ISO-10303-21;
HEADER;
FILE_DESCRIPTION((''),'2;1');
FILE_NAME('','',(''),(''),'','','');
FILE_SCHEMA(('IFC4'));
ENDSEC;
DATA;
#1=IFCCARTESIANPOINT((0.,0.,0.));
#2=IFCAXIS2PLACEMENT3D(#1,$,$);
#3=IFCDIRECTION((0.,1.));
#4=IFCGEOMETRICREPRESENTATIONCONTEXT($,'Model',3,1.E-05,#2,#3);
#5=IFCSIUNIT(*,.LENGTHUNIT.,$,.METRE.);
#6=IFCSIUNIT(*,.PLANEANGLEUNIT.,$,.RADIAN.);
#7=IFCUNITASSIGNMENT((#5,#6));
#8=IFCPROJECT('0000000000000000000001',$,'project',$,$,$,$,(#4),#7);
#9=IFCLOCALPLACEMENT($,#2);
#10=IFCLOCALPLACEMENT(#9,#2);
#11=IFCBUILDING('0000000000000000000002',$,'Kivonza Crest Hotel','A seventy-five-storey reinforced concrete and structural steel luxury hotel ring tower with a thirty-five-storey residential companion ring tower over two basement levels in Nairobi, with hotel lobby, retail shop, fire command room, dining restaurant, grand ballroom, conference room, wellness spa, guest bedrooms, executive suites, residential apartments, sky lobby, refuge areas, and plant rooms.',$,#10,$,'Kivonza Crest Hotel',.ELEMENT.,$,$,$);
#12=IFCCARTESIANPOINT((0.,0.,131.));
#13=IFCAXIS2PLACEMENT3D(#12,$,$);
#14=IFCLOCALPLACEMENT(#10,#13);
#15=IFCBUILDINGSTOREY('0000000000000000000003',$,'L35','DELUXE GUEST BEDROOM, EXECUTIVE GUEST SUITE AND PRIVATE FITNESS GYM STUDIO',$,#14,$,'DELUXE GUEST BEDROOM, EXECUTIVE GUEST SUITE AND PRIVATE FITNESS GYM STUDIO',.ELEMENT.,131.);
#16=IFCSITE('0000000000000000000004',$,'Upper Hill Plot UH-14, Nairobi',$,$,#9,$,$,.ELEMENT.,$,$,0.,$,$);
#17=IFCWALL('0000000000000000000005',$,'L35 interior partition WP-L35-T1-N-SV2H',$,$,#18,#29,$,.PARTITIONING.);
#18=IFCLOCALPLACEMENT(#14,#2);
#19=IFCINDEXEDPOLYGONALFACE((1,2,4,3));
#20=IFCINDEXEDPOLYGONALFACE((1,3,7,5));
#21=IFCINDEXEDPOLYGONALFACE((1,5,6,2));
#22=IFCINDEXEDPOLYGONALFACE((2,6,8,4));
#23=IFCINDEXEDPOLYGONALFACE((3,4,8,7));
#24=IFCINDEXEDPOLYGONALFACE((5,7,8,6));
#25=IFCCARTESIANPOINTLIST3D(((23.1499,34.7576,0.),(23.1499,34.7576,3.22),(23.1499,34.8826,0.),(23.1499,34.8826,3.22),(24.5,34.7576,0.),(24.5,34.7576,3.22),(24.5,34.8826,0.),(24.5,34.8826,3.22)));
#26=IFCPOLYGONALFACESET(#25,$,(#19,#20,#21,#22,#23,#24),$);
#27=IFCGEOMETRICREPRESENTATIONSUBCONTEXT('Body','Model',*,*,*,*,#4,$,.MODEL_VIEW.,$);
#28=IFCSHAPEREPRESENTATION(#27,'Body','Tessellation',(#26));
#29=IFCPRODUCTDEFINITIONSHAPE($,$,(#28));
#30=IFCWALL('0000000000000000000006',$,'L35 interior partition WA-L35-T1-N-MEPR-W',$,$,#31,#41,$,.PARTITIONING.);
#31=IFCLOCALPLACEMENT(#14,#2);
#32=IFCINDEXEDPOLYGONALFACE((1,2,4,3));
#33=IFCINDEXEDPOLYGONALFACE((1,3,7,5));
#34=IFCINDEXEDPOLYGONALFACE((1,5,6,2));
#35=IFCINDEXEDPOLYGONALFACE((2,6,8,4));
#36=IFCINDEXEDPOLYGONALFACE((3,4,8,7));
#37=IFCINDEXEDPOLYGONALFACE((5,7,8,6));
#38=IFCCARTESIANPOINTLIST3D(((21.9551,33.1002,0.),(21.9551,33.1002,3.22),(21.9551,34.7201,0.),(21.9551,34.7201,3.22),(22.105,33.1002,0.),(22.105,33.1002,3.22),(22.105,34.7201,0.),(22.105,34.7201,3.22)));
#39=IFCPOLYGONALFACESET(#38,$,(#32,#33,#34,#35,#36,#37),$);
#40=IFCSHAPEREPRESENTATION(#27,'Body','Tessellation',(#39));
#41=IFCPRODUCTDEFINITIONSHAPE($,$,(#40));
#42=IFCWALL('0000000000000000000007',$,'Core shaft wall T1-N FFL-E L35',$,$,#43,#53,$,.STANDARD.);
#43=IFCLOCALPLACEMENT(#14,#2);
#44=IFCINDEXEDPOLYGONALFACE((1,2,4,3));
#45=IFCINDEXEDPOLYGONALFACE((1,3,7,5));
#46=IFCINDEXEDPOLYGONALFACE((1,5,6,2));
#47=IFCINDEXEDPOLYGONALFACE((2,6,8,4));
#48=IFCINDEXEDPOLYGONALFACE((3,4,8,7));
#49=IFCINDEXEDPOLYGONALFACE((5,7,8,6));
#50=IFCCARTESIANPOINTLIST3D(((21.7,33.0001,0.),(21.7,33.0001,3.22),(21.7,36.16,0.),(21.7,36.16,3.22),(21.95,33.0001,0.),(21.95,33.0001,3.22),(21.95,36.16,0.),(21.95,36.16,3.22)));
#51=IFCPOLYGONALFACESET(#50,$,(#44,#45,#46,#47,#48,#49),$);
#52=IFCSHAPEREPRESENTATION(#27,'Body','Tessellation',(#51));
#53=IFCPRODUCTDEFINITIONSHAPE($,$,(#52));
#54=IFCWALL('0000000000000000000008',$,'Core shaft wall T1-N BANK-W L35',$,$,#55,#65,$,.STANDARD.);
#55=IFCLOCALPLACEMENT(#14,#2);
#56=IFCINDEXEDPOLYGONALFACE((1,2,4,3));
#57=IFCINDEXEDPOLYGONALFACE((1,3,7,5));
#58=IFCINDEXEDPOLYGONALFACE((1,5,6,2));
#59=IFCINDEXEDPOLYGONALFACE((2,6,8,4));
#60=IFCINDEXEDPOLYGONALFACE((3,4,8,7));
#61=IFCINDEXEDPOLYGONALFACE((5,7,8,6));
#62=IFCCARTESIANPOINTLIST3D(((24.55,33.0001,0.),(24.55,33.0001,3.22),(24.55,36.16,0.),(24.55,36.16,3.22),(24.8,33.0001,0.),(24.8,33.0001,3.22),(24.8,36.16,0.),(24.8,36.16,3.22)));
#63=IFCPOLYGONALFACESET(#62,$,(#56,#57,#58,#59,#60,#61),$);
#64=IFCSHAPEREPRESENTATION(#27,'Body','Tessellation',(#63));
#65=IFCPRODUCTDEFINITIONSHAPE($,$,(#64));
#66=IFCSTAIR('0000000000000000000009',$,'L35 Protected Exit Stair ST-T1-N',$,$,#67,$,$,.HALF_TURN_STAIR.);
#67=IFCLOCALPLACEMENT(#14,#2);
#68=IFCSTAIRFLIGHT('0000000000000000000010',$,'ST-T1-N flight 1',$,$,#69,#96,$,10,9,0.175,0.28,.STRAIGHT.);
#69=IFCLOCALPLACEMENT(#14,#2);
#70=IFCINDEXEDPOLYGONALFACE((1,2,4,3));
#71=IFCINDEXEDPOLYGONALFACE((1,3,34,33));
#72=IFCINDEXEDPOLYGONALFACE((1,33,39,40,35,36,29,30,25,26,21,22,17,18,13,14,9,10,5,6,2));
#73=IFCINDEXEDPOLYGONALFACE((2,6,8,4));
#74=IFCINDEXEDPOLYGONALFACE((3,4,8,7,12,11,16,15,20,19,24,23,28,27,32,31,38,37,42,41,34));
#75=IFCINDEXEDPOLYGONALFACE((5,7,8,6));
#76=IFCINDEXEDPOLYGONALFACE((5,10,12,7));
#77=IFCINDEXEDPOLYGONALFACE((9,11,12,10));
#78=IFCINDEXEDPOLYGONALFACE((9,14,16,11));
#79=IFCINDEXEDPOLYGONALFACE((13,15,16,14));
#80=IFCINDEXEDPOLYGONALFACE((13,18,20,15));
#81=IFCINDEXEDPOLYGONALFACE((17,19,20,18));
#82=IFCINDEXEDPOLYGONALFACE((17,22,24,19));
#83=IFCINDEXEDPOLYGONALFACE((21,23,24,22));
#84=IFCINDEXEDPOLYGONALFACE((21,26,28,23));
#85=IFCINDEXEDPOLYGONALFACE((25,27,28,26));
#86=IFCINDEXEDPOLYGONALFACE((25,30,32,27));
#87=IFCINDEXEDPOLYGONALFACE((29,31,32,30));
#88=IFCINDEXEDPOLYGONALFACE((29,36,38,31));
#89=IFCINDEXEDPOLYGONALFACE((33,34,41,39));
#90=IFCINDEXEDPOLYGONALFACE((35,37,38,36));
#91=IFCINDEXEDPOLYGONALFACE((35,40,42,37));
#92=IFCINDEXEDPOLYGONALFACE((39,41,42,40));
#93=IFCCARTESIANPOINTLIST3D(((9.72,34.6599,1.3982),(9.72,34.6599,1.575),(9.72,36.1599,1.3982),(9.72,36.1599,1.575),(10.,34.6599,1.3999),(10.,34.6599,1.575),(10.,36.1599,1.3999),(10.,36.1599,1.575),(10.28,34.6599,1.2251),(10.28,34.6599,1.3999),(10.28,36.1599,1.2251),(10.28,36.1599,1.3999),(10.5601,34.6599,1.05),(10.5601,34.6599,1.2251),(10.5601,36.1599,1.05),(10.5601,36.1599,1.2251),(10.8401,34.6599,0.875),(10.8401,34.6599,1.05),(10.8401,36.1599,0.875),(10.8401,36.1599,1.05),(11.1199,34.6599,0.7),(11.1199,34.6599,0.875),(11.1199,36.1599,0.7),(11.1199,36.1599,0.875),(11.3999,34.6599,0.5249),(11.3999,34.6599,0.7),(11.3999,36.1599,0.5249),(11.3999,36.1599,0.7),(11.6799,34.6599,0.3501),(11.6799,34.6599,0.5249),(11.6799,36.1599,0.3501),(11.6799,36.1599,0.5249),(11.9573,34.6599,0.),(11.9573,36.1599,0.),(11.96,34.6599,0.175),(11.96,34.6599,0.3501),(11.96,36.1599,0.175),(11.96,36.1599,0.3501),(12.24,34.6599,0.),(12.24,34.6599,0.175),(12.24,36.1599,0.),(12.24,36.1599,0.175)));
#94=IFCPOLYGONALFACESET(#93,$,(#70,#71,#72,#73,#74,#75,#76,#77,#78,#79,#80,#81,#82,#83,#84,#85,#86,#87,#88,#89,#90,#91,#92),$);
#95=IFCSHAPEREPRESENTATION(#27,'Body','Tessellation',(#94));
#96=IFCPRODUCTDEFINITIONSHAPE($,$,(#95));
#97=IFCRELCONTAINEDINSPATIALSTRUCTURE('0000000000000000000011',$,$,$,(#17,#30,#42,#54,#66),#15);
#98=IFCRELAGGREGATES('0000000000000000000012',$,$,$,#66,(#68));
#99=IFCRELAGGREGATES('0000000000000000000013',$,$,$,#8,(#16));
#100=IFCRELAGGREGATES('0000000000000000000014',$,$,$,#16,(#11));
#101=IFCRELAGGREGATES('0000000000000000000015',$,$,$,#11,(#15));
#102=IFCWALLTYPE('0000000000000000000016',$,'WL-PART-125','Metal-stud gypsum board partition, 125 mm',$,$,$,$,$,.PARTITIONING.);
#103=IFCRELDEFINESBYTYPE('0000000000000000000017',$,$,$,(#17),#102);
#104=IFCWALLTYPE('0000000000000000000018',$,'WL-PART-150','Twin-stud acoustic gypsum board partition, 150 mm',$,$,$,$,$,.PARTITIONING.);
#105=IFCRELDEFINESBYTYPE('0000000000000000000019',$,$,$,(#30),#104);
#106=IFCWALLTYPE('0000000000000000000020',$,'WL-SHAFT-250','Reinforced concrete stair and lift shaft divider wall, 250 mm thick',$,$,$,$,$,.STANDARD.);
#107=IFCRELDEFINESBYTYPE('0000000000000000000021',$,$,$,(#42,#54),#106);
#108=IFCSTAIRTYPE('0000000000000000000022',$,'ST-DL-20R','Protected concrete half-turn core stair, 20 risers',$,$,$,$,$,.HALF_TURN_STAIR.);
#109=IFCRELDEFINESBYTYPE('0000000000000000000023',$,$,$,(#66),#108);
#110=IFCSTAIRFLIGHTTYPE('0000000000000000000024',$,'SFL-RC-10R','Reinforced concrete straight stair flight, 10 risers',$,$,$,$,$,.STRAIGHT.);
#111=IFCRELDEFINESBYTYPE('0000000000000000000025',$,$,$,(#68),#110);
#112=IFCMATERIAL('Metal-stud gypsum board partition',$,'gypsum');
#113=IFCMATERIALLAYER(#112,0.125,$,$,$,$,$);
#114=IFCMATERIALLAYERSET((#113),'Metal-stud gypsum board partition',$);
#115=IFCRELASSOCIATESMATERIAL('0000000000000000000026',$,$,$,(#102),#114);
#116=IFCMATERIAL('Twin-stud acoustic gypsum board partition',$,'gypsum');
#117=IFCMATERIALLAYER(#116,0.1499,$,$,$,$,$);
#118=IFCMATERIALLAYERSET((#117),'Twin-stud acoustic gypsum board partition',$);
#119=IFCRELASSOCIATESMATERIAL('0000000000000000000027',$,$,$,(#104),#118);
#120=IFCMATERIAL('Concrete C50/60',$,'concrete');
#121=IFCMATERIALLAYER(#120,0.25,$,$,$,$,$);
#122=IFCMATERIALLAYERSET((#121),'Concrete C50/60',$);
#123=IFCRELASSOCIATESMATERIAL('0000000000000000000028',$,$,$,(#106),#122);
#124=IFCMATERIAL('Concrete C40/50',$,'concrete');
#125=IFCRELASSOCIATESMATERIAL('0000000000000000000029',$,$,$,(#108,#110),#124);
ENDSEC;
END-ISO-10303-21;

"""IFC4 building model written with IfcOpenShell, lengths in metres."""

from ifc_helpers import new_model, si_unit, direction, frame, frame_2d, origin, place, context, subcontext, project, spatial, polyline, rectangle, outline, extrude, material, layer, layer_set, type_object, element, aggregate, save


model = new_model("IFC4")

# Units and contexts
model_context = context("Model", 3, precision=1e-05, world=origin(), true_north=direction((0.0, 1.0)))
body_context = subcontext(model_context, "Body", "Model", "MODEL_VIEW")
ifc_project = project(units=[si_unit("LENGTHUNIT", "METRE"), si_unit("PLANEANGLEUNIT", "RADIAN")], contexts=[model_context])

# Site, building, storey
site_placement = place(None, origin())
site = spatial("IfcSite", under=ifc_project, at=site_placement, Name="Upper Hill Plot UH-14, Nairobi", CompositionType="ELEMENT", RefElevation=0.0)
building_placement = place(site_placement, origin())
building = spatial("IfcBuilding", under=site, at=building_placement, Name="Kivonza Crest Hotel", Description="A seventy-five-storey reinforced concrete and structural steel luxury hotel ring tower with a thirty-five-storey residential companion ring tower over two basement levels in Nairobi, with hotel lobby, retail shop, fire command room, dining restaurant, grand ballroom, conference room, wellness spa, guest bedrooms, executive suites, residential apartments, sky lobby, refuge areas, and plant rooms.", LongName="Kivonza Crest Hotel", CompositionType="ELEMENT")
storey_placement = place(building_placement, frame((0.0, 0.0, 131.0)))
storey = spatial("IfcBuildingStorey", under=building, at=storey_placement, Name="L35", Description="DELUXE GUEST BEDROOM, EXECUTIVE GUEST SUITE AND PRIVATE FITNESS GYM STUDIO", LongName="DELUXE GUEST BEDROOM, EXECUTIVE GUEST SUITE AND PRIVATE FITNESS GYM STUDIO", CompositionType="ELEMENT", Elevation=131.0)

# Shared definitions
ifc_material_1 = material(Name="Concrete C50/60", Category="concrete")

# Walls
ifc_material_2 = material(Name="Metal-stud gypsum board partition", Category="gypsum")
ifc_layer_1 = layer(ifc_material_2, 0.125)
ifc_layer_set_1 = layer_set([ifc_layer_1], Name="Metal-stud gypsum board partition")
wall_type_1 = type_object("IfcWallType", Name="WL-PART-125", Description="Metal-stud gypsum board partition, 125 mm", PredefinedType="PARTITIONING", material=ifc_layer_set_1)
wall_1_placement = place(storey_placement, frame((23.1499, 34.8201, 0.0), z_axis=(0.0, 0.0, 1.0), x_axis=(1.0, 0.0, 0.0)))
element("IfcWall", 1, at=wall_1_placement, inside=storey, type_object=wall_type_1, Name="L35 interior partition WP-L35-T1-N-SV2H", PredefinedType="PARTITIONING", context=body_context, shape_type="SweptSolid", body=[
    extrude(rectangle(XDim=1.3501, YDim=0.125, at=frame_2d((0.675, 0.0))), origin(), (0.0, 0.0, 1.0), 3.22),
])
ifc_material_3 = material(Name="Twin-stud acoustic gypsum board partition", Category="gypsum")
ifc_layer_2 = layer(ifc_material_3, 0.1499)
ifc_layer_set_2 = layer_set([ifc_layer_2], Name="Twin-stud acoustic gypsum board partition")
wall_type_2 = type_object("IfcWallType", Name="WL-PART-150", Description="Twin-stud acoustic gypsum board partition, 150 mm", PredefinedType="PARTITIONING", material=ifc_layer_set_2)
wall_2_placement = place(storey_placement, frame((22.03, 33.1001, 0.0), z_axis=(0.0, 0.0, 1.0), x_axis=(0.0, 1.0, 0.0)))
element("IfcWall", 2, at=wall_2_placement, inside=storey, type_object=wall_type_2, Name="L35 interior partition WA-L35-T1-N-MEPR-W", PredefinedType="PARTITIONING", context=body_context, shape_type="SweptSolid", body=[
    extrude(rectangle(XDim=1.6199, YDim=0.1499, at=frame_2d((0.8101, 0.0))), origin(), (0.0, 0.0, 1.0), 3.22),
])

# Shared definitions
ifc_layer_3 = layer(ifc_material_1, 0.25)
ifc_layer_set_3 = layer_set([ifc_layer_3], Name="Concrete C50/60")
wall_type_3 = type_object("IfcWallType", Name="WL-SHAFT-250", Description="Reinforced concrete stair and lift shaft divider wall, 250 mm thick", PredefinedType="STANDARD", material=ifc_layer_set_3)

# Walls
for number, where, z_axis, x_axis, name in (
    (3, (21.825, 33.0, 0.0), (0.0, 0.0, 1.0), (0.0, 1.0, 0.0), "Core shaft wall T1-N FFL-E L35"),
    (4, (24.675, 33.0, 0.0), (0.0, 0.0, 1.0), (0.0, 1.0, 0.0), "Core shaft wall T1-N BANK-W L35"),
):
    element("IfcWall", number, at=place(storey_placement, frame(where, z_axis=z_axis, x_axis=x_axis)), inside=storey, type_object=wall_type_3, Name=name, PredefinedType="STANDARD", context=body_context, shape_type="SweptSolid", body=[
        extrude(rectangle(XDim=3.1599, YDim=0.25, at=frame_2d((1.5801, 0.0))), origin(), (0.0, 0.0, 1.0), 3.22),
    ])

# Stair, stair flight
ifc_material_4 = material(Name="Concrete C40/50", Category="concrete")
stair_type = type_object("IfcStairType", Name="ST-DL-20R", Description="Protected concrete half-turn core stair, 20 risers", PredefinedType="HALF_TURN_STAIR", material=ifc_material_4)
stair_placement = place(storey_placement, origin())
stair = element("IfcStair", 5, at=stair_placement, inside=storey, type_object=stair_type, Name="L35 Protected Exit Stair ST-T1-N", PredefinedType="HALF_TURN_STAIR")
stair_flight_type = type_object("IfcStairFlightType", Name="SFL-RC-10R", Description="Reinforced concrete straight stair flight, 10 risers", PredefinedType="STRAIGHT", material=ifc_material_4)
stair_flight_placement = place(storey_placement, frame((12.24, 35.4099, 0.0), z_axis=(0.0, 0.0, 1.0), x_axis=(-1.0, 0.0, 0.0)))
stair_flight = element("IfcStairFlight", 6, at=stair_flight_placement, type_object=stair_flight_type, Name="ST-T1-N flight 1", NumberOfRisers=10, NumberOfTreads=9, PredefinedType="STRAIGHT", RiserHeight=0.175, TreadLength=0.28, context=body_context, shape_type="SweptSolid", body=[
    extrude(outline(polyline([(0.0, 0.0), (0.0, 0.175), (0.28, 0.175), (0.28, 0.3501), (0.5601, 0.3501), (0.5601, 0.5249), (0.8401, 0.5249), (0.8401, 0.7), (1.1201, 0.7), (1.1201, 0.875), (1.3999, 0.875), (1.3999, 1.05), (1.6799, 1.05), (1.6799, 1.2251), (1.96, 1.2251), (1.96, 1.3999), (2.24, 1.3999), (2.24, 1.575), (2.52, 1.575), (2.52, 1.75), (2.52, 1.3982), (0.2827, 0.0), (0.0, 0.0)])), frame((0.0, 0.75, 0.0), z_axis=(0.0, -1.0, 0.0), x_axis=(1.0, 0.0, 0.0)), (0.0, 0.0, 1.0), 1.5),
])
aggregate(stair, [stair_flight])

save(model, "model.ifc")
